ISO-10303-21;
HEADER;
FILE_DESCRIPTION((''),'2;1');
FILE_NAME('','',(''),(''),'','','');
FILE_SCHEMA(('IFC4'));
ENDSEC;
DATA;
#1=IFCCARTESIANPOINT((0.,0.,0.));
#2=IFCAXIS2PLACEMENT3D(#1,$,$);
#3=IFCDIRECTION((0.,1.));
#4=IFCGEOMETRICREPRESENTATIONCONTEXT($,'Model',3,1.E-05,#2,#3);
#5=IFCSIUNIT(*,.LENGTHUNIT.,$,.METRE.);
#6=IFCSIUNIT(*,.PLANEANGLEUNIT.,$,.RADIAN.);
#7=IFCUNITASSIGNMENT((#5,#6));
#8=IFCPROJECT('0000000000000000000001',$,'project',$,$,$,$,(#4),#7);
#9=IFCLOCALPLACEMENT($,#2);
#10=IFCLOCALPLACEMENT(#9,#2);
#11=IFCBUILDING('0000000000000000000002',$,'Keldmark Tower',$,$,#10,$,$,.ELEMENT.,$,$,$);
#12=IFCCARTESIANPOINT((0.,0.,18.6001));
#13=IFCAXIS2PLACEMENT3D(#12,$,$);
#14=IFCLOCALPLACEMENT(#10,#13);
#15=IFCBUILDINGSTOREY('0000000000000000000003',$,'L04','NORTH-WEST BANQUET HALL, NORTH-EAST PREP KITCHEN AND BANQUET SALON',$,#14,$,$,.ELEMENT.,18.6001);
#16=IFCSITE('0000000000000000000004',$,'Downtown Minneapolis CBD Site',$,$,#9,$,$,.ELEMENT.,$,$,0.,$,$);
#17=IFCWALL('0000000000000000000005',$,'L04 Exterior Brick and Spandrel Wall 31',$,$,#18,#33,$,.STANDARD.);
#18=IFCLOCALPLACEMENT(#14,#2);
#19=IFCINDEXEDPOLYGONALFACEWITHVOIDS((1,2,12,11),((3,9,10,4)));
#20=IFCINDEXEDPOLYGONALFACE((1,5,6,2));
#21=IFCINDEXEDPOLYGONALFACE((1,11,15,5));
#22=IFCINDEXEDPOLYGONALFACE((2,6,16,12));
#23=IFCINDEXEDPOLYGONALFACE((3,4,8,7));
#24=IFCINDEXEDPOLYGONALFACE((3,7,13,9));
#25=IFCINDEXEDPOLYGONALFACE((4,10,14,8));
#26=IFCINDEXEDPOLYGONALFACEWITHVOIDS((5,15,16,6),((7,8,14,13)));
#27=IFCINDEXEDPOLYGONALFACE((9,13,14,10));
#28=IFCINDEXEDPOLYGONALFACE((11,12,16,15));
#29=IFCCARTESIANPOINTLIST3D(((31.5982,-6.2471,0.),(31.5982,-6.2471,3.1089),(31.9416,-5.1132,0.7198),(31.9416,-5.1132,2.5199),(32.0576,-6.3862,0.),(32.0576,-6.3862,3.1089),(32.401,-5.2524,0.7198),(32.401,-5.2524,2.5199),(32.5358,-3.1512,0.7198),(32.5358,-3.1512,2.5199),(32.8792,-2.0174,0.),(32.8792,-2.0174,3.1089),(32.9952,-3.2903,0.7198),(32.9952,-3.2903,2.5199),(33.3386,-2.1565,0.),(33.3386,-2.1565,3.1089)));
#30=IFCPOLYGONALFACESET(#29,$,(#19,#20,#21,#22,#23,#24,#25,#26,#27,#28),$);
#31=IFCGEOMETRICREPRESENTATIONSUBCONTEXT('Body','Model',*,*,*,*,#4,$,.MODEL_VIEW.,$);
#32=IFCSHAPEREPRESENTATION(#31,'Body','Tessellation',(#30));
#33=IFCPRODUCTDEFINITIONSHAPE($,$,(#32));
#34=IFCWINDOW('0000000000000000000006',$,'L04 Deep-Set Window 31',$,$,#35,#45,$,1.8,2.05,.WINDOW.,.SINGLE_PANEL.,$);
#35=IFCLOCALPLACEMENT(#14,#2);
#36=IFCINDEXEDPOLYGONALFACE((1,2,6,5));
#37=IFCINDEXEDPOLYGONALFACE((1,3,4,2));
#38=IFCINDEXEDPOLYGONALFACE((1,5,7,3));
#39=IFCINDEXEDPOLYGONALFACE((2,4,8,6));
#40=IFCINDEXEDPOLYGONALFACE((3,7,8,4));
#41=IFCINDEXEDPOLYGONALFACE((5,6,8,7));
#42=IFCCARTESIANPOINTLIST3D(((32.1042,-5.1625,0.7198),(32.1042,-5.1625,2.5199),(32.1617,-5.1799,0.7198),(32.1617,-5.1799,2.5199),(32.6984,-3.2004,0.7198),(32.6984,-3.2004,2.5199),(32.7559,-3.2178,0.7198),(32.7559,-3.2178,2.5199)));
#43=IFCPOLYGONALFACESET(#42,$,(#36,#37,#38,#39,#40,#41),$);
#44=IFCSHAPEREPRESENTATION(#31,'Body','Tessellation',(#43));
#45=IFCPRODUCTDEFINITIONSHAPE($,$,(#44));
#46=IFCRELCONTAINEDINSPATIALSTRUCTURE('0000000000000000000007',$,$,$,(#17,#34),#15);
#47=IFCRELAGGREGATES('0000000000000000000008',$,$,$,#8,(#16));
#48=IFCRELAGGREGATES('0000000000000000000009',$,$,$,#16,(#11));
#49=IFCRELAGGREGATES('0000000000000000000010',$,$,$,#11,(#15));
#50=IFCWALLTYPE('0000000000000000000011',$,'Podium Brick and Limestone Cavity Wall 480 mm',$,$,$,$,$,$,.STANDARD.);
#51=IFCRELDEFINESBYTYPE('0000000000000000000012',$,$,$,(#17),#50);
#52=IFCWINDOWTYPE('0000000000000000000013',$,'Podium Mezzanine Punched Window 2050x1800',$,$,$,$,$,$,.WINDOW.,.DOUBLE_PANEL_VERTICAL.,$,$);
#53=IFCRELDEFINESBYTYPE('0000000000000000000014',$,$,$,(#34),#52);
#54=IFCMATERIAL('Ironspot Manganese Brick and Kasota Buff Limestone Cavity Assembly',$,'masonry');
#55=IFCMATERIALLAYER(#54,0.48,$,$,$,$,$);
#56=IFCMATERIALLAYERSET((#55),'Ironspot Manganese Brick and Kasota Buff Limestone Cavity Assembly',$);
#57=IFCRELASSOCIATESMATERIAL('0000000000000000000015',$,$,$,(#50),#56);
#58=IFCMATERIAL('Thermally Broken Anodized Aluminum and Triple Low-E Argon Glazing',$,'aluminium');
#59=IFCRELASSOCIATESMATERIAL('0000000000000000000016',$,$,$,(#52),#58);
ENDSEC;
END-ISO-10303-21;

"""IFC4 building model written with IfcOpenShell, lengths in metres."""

from ifc_helpers import new_model, si_unit, direction, frame, frame_2d, origin, place, context, subcontext, project, spatial, rectangle, extrude, material, layer, layer_set, type_object, element, fill, save


model = new_model("IFC4")

# Units and contexts
model_context = context("Model", 3, precision=1e-05, world=origin(), true_north=direction((0.0, 1.0)))
body_context = subcontext(model_context, "Body", "Model", "MODEL_VIEW")
ifc_project = project(units=[si_unit("LENGTHUNIT", "METRE"), si_unit("PLANEANGLEUNIT", "RADIAN")], contexts=[model_context])

# Site, building, storey
site_placement = place(None, origin())
site = spatial("IfcSite", under=ifc_project, at=site_placement, Name="Downtown Minneapolis CBD Site", CompositionType="ELEMENT", RefElevation=0.0)
building_placement = place(site_placement, origin())
building = spatial("IfcBuilding", under=site, at=building_placement, Name="Keldmark Tower", CompositionType="ELEMENT")
storey_placement = place(building_placement, frame((0.0, 0.0, 18.6001)))
storey = spatial("IfcBuildingStorey", under=building, at=storey_placement, Name="L04", Description="NORTH-WEST BANQUET HALL, NORTH-EAST PREP KITCHEN AND BANQUET SALON", CompositionType="ELEMENT", Elevation=18.6001)

# Wall, opening, window
ifc_material_1 = material(Name="Ironspot Manganese Brick and Kasota Buff Limestone Cavity Assembly", Category="masonry")
ifc_layer_1 = layer(ifc_material_1, 0.48)
ifc_layer_set_1 = layer_set([ifc_layer_1], Name="Ironspot Manganese Brick and Kasota Buff Limestone Cavity Assembly")
wall_type_1 = type_object("IfcWallType", Name="Podium Brick and Limestone Cavity Wall 480 mm", PredefinedType="STANDARD", material=ifc_layer_set_1)
ifc_material_2 = material(Name="Thermally Broken Anodized Aluminum and Triple Low-E Argon Glazing", Category="aluminium")
window_type = type_object("IfcWindowType", Name="Podium Mezzanine Punched Window 2050x1800", PartitioningType="DOUBLE_PANEL_VERTICAL", PredefinedType="WINDOW", material=ifc_material_2)
wall_1_placement = place(storey_placement, frame((33.1089, -2.0869, 0.0), z_axis=(0.0, 0.0, 1.0), x_axis=(-0.289856, -0.95707, 0.0)))
wall_1 = element("IfcWall", 1, at=wall_1_placement, inside=storey, type_object=wall_type_1, Name="L04 Exterior Brick and Spandrel Wall 31", PredefinedType="STANDARD", context=body_context, shape_type="SweptSolid", body=[
    extrude(rectangle(XDim=4.4194, YDim=0.48, at=frame_2d((2.2097, 0.0))), origin(), (0.0, 0.0, 1.0), 3.1089),
])
opening_1_placement = place(wall_1_placement, frame((1.1848, 0.0, 0.72)))
opening_1 = element("IfcOpeningElement", 2, at=opening_1_placement, cuts=wall_1, PredefinedType="OPENING", context=body_context, shape_type="SweptSolid", body=[
    extrude(rectangle(XDim=2.05, YDim=1.8, at=frame_2d((1.0249, 0.8999))), frame((0.0, 0.25, 0.0), z_axis=(0.0, -1.0, 0.0), x_axis=(1.0, 0.0, 0.0)), (0.0, 0.0, 1.0), 0.5),
])
window_1_placement = place(opening_1_placement, origin())
window_1 = element("IfcWindow", 3, at=window_1_placement, inside=storey, type_object=window_type, Name="L04 Deep-Set Window 31", OverallHeight=1.8, OverallWidth=2.05, PartitioningType="SINGLE_PANEL", PredefinedType="WINDOW", context=body_context, shape_type="SweptSolid", body=[
    extrude(rectangle(XDim=2.05, YDim=1.8, at=frame_2d((1.0249, 0.8999))), frame((0.0, -0.01, 0.0), z_axis=(0.0, -1.0, 0.0), x_axis=(1.0, 0.0, 0.0)), (0.0, 0.0, 1.0), 0.0601),
])
fill(opening_1, window_1)

save(model, "model.ifc")
